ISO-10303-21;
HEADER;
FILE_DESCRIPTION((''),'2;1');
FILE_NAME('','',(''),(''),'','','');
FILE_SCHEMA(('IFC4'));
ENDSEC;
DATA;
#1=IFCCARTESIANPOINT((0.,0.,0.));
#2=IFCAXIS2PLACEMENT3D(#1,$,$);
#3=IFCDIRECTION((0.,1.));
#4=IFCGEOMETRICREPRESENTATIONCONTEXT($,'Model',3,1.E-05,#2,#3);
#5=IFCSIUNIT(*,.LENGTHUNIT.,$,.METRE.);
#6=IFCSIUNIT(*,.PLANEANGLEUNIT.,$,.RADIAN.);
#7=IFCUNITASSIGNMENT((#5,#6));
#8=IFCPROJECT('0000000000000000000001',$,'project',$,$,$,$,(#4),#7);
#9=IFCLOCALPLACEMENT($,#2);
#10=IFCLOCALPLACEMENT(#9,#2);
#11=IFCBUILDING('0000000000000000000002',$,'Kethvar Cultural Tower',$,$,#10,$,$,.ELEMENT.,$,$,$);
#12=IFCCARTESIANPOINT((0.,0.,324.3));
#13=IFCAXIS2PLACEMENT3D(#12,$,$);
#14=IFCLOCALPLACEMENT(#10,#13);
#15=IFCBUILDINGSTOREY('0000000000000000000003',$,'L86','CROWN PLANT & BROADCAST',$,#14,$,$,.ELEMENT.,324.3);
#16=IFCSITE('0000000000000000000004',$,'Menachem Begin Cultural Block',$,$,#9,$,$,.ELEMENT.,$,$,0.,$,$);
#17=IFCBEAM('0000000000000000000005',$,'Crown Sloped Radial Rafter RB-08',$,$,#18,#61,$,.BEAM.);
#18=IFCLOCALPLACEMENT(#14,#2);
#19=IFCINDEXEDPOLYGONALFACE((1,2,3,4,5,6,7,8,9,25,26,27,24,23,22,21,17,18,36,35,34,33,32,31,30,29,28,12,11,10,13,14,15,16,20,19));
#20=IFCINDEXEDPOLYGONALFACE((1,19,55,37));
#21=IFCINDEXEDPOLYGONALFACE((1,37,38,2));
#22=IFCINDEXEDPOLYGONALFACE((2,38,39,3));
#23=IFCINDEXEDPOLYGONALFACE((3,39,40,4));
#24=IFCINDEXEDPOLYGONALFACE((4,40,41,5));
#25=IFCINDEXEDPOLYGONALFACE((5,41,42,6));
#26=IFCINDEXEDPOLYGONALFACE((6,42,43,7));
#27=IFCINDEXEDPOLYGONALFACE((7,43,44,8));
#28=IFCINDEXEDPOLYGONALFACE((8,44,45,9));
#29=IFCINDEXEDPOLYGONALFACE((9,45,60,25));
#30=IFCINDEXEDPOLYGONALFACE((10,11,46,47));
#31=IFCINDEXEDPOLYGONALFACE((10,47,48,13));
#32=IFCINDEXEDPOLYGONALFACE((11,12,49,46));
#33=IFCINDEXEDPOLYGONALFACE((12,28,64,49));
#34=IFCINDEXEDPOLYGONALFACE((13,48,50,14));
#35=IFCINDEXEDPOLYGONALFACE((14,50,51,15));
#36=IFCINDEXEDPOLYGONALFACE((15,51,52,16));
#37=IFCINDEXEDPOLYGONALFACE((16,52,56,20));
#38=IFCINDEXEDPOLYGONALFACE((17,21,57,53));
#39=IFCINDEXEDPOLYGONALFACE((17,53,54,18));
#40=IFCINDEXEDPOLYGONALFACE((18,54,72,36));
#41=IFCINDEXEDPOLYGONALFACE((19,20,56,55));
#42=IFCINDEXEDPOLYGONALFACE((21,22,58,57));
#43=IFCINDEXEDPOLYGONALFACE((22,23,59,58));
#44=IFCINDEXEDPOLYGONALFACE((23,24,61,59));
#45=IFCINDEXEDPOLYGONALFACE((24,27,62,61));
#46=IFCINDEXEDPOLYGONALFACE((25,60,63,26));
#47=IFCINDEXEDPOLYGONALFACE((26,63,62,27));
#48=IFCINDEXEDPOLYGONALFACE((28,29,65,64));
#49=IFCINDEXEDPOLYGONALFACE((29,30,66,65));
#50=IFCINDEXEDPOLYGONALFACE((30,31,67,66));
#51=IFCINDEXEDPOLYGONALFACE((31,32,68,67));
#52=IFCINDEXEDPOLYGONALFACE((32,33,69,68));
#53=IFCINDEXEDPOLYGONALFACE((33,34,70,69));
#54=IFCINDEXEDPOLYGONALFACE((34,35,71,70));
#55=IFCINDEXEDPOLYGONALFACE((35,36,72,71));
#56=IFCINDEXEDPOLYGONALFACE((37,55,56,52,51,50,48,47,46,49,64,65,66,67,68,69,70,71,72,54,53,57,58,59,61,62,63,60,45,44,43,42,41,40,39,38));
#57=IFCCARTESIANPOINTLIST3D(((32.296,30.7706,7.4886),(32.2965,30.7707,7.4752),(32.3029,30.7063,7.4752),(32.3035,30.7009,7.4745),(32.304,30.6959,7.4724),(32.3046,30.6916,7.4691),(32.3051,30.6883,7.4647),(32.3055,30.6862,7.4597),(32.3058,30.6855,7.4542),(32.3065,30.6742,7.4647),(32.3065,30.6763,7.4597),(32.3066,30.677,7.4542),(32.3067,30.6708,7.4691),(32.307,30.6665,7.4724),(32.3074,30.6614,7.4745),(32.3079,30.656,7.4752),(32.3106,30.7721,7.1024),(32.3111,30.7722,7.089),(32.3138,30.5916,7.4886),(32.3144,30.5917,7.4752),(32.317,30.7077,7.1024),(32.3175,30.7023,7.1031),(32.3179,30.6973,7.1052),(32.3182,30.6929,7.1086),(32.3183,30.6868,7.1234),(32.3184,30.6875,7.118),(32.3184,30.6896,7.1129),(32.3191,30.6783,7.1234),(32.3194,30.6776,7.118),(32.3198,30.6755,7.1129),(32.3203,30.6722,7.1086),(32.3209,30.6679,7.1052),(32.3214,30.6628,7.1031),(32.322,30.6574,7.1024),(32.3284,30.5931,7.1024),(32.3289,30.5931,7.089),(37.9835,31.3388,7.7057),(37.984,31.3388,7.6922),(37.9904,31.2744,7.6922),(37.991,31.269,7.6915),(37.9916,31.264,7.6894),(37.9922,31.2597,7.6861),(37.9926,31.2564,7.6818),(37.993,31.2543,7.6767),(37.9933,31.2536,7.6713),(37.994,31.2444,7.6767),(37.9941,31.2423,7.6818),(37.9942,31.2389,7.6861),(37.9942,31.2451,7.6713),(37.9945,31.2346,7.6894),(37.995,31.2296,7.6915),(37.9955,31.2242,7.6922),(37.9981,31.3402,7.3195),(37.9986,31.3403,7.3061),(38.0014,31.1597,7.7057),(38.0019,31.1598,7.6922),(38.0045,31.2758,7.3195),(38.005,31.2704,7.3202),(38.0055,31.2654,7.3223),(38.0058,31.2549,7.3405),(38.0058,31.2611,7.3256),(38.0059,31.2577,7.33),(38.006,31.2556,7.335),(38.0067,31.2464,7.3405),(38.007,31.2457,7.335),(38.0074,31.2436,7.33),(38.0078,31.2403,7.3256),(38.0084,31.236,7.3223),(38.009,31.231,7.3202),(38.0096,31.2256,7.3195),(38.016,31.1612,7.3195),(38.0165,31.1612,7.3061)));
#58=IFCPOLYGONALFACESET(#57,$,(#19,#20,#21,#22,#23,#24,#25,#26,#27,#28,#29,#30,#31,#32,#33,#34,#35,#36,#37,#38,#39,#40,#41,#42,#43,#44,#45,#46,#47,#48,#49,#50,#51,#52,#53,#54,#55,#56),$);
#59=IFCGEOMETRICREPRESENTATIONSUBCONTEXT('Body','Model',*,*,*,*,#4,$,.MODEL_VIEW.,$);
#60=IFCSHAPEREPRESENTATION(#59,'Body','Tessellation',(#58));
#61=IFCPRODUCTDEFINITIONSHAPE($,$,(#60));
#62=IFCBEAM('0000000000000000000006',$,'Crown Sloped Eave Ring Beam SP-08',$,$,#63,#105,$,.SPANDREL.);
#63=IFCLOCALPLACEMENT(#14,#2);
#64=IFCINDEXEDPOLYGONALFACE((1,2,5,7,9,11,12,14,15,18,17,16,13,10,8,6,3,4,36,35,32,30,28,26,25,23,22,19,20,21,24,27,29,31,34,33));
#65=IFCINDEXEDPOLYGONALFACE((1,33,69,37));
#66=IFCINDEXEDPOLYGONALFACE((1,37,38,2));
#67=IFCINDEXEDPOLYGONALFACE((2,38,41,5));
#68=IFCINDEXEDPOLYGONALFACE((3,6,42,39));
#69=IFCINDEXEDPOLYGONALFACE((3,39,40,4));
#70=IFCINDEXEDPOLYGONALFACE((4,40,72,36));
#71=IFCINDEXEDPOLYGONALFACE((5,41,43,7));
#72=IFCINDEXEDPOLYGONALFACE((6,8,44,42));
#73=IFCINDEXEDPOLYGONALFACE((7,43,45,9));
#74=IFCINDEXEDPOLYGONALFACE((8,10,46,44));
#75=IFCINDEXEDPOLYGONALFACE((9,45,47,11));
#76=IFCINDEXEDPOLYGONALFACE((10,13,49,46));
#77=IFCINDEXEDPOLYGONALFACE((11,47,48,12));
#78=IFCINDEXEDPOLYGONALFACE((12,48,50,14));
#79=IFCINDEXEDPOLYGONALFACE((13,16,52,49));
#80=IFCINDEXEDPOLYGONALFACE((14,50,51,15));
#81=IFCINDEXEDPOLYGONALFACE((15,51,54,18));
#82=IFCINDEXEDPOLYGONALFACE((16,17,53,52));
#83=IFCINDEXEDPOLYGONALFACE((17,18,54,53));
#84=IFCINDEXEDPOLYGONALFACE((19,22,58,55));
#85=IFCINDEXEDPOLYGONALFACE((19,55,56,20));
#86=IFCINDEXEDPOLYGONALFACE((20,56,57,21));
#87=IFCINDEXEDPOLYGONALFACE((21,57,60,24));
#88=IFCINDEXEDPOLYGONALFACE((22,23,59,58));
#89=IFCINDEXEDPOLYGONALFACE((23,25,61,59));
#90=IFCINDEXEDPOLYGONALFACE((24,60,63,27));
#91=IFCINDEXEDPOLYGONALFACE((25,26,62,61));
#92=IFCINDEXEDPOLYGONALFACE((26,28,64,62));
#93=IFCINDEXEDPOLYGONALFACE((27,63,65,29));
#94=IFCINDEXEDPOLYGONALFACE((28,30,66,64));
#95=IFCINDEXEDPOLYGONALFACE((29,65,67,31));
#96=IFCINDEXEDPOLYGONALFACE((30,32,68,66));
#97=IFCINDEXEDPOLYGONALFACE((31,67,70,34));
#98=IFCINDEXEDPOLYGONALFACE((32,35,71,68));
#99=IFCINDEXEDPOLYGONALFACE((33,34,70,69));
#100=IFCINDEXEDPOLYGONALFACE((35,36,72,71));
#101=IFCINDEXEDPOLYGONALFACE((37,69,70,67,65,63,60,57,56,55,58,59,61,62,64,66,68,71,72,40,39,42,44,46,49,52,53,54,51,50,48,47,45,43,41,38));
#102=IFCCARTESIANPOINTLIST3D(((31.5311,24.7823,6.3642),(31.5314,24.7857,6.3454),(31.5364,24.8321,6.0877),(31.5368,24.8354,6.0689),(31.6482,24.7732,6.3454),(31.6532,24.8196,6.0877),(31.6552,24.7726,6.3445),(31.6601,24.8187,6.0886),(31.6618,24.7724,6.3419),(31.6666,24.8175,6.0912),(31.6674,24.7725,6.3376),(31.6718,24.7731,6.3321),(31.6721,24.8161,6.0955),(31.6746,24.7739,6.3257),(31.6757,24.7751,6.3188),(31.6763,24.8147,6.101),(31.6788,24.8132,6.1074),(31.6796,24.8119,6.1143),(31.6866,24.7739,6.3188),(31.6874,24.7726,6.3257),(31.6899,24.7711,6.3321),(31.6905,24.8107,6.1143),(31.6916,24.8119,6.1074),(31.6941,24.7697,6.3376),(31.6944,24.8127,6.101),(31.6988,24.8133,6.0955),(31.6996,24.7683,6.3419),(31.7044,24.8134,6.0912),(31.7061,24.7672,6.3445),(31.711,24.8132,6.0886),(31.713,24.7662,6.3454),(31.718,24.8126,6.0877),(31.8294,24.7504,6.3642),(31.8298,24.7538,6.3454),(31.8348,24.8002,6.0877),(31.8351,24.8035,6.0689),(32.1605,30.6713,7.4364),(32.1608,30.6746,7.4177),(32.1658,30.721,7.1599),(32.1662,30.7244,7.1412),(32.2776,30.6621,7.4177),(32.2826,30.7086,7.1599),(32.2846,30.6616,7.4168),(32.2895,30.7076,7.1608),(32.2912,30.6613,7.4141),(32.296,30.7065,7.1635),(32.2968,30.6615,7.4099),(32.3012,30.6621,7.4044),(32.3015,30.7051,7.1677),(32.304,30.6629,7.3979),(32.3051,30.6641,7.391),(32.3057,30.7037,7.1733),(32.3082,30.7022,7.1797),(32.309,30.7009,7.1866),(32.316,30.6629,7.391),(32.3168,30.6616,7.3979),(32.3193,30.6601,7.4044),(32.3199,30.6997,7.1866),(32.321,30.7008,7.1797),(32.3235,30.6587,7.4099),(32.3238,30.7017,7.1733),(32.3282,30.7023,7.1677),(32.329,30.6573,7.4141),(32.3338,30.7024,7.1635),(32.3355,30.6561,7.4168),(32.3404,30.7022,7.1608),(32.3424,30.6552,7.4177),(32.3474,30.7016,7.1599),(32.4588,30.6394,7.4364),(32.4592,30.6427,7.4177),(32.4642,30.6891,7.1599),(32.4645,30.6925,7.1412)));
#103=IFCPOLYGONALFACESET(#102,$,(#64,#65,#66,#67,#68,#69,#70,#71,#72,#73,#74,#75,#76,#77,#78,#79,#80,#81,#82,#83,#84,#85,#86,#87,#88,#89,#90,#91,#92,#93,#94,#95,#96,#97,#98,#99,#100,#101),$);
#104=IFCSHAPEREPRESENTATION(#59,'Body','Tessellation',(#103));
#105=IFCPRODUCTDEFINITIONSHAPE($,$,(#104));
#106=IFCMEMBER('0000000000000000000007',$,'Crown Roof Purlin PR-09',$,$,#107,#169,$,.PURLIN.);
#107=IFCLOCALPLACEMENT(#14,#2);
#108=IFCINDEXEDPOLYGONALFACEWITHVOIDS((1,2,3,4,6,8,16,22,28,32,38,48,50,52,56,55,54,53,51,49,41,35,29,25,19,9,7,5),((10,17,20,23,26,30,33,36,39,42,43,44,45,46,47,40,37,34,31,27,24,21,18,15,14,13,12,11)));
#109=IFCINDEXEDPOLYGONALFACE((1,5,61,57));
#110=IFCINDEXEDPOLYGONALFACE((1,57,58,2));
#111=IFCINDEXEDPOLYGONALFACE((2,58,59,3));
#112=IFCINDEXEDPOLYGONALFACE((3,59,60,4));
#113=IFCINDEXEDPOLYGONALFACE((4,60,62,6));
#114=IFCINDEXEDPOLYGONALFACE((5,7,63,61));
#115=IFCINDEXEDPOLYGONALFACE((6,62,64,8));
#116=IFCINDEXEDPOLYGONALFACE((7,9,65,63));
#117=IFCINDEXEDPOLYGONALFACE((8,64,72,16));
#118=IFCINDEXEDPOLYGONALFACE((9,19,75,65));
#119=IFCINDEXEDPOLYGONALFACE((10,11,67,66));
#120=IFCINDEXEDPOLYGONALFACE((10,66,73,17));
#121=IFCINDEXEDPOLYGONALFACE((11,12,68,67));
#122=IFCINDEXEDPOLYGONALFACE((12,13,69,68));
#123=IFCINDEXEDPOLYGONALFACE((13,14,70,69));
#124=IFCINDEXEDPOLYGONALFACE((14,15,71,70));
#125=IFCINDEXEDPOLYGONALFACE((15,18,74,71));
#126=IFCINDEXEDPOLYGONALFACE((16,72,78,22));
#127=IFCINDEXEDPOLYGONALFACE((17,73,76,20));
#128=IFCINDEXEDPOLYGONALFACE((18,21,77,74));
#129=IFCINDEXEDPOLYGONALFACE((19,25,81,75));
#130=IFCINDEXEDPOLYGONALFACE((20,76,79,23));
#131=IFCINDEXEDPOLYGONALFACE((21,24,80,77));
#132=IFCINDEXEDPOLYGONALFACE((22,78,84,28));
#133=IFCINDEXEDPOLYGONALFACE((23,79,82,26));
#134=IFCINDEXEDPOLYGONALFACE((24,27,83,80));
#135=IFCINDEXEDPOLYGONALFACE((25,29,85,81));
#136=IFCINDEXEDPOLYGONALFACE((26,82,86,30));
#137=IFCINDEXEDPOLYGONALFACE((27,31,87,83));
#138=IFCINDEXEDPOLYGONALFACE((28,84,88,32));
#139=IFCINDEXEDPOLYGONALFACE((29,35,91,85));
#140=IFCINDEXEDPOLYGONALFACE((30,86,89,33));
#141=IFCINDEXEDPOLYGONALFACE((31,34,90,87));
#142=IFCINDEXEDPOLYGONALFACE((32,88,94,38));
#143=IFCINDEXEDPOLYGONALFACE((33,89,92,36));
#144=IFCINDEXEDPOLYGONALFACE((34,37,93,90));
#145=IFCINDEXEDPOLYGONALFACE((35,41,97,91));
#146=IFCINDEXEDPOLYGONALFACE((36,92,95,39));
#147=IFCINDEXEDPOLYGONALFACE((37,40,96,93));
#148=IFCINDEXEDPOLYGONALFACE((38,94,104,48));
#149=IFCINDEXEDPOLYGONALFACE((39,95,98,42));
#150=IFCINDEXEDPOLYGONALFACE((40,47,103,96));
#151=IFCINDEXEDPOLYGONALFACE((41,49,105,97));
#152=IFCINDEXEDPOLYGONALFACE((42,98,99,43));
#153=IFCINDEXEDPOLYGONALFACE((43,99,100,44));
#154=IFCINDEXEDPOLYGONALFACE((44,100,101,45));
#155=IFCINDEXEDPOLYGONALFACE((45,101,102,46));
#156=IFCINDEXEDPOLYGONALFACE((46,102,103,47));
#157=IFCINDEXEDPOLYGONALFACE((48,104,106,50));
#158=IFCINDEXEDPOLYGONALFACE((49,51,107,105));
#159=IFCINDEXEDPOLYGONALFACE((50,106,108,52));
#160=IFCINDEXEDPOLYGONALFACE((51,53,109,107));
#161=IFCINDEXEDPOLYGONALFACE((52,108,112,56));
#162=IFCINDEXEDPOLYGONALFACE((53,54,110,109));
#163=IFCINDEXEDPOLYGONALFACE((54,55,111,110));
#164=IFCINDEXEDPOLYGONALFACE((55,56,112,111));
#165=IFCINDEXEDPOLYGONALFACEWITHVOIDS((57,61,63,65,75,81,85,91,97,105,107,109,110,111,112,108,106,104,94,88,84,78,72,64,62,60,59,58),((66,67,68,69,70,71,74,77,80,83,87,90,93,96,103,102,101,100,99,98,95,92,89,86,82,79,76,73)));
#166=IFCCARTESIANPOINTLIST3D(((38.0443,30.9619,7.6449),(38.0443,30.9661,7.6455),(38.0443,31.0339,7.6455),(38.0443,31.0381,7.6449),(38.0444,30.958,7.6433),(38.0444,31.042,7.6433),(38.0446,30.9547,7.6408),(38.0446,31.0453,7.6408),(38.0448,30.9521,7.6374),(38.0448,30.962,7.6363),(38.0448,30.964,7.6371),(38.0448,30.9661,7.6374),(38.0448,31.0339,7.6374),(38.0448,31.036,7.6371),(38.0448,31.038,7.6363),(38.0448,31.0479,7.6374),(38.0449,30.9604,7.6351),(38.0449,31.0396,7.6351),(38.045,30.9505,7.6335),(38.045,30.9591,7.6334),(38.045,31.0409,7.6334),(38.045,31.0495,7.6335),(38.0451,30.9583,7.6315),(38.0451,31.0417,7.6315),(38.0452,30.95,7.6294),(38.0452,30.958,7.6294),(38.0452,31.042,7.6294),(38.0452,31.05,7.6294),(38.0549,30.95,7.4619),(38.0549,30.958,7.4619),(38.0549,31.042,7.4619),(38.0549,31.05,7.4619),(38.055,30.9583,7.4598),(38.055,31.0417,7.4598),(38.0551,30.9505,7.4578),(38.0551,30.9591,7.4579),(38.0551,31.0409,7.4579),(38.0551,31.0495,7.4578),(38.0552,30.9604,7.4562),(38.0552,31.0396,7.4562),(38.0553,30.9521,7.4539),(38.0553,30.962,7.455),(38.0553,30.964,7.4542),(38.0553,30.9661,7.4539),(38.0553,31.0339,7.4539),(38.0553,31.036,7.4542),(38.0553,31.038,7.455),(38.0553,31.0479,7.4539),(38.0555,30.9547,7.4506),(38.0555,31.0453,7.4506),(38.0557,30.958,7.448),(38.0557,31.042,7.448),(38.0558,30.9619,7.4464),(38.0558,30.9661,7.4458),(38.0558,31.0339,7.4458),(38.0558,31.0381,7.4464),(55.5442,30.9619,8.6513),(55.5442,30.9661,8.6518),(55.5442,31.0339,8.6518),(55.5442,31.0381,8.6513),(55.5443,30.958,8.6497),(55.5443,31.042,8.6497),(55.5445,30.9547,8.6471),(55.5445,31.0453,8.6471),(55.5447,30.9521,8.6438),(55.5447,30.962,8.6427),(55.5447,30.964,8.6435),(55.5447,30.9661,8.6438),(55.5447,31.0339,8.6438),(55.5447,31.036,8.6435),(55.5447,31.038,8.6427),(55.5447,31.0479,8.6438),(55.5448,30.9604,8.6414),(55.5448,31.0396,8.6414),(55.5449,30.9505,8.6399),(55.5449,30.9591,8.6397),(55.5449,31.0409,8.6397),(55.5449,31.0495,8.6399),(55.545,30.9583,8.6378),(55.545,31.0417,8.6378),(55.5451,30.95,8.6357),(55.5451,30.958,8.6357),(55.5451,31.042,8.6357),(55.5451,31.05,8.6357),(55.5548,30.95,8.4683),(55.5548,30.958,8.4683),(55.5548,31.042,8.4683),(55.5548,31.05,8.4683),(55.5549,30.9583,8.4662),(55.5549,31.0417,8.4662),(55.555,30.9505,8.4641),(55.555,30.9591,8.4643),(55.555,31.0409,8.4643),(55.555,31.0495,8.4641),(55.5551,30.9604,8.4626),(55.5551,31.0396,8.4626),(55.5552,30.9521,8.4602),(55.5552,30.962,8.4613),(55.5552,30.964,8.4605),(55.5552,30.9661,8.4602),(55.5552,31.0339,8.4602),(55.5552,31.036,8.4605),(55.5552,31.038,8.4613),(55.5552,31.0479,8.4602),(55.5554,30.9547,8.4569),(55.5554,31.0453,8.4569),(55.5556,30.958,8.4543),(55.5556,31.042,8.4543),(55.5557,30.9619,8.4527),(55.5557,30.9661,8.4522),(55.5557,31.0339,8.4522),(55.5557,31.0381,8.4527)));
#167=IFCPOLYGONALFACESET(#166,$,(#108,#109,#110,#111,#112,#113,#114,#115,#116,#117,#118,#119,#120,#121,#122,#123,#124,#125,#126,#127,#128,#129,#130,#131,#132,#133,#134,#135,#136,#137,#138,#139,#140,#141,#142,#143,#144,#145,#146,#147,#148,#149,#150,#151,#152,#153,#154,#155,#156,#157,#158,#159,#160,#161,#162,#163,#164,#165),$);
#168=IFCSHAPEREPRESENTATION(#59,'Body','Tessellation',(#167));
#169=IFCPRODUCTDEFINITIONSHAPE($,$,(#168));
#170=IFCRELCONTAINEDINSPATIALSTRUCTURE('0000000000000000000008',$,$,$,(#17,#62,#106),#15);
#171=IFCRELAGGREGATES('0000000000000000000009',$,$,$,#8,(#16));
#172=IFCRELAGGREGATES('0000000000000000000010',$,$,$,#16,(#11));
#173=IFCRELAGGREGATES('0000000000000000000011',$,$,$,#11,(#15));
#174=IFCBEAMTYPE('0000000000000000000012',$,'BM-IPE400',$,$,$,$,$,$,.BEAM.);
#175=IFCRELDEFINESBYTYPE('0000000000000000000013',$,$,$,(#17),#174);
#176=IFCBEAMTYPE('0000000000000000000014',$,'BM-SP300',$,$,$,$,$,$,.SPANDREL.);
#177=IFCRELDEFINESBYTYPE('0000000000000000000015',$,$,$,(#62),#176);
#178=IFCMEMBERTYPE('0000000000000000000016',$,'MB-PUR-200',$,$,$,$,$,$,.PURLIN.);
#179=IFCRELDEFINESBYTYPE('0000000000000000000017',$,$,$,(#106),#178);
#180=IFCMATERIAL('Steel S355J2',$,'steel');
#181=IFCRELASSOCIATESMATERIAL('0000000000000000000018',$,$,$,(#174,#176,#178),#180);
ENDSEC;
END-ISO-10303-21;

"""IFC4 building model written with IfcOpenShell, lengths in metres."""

from ifc_helpers import new_model, si_unit, direction, frame, origin, origin_2d, place, context, subcontext, project, spatial, hollow_rectangle, i_section, extrude, source, transform, mapped, material, material_profile, profile_set, type_object, element, save


model = new_model("IFC4")

# Units and contexts
model_context = context("Model", 3, precision=1e-05, world=origin(), true_north=direction((0.0, 1.0)))
body_context = subcontext(model_context, "Body", "Model", "MODEL_VIEW")
ifc_project = project(units=[si_unit("LENGTHUNIT", "METRE"), si_unit("PLANEANGLEUNIT", "RADIAN")], contexts=[model_context])

# Site, building, storey
site_placement = place(None, origin())
site = spatial("IfcSite", under=ifc_project, at=site_placement, Name="Menachem Begin Cultural Block", CompositionType="ELEMENT", RefElevation=0.0)
building_placement = place(site_placement, origin())
building = spatial("IfcBuilding", under=site, at=building_placement, Name="Kethvar Cultural Tower", CompositionType="ELEMENT")
storey_placement = place(building_placement, frame((0.0, 0.0, 324.3)))
storey = spatial("IfcBuildingStorey", under=building, at=storey_placement, Name="L86", Description="CROWN PLANT & BROADCAST", CompositionType="ELEMENT", Elevation=324.3)

# Beams
ifc_material_1 = material(Name="Steel S355J2", Category="steel")
ifc_material_profile_1 = material_profile(ifc_material_1, i_section(OverallWidth=0.1799, OverallDepth=0.3999, WebThickness=0.0085, FlangeThickness=0.0134, FilletRadius=0.021, at=origin_2d()), Name="Steel S355J2 — IPE400")
ifc_profile_set_1 = profile_set([ifc_material_profile_1], Name="Steel S355J2 — IPE400")
beam_type_1 = type_object("IfcBeamType", Name="BM-IPE400", PredefinedType="BEAM", material=ifc_profile_set_1)
ifc_material_profile_2 = material_profile(ifc_material_1, i_section(OverallWidth=0.3, OverallDepth=0.3, WebThickness=0.011, FlangeThickness=0.019, FilletRadius=0.0271, at=origin_2d()), Name="Steel S355J2 — HEB300")
ifc_profile_set_2 = profile_set([ifc_material_profile_2], Name="Steel S355J2 — HEB300")
beam_type_2 = type_object("IfcBeamType", Name="BM-SP300", PredefinedType="SPANDREL", material=ifc_profile_set_2)
shared_shape_1 = source(origin(), body_context, "Body", "SweptSolid", [
    extrude(i_section(OverallWidth=0.1799, OverallDepth=0.3999, WebThickness=0.0085, FlangeThickness=0.0134, FilletRadius=0.021, at=origin_2d()), origin(), (0.0, 0.0, 1.0), 5.72),
])
beam_1_placement = place(storey_placement, frame((38.0, 31.25, 7.5059), z_axis=(-0.994332, -0.099322, -0.037945), x_axis=(0.099394, -0.995048, 0.0)))
element("IfcBeam", 1, at=beam_1_placement, inside=storey, type_object=beam_type_1, Name="Crown Sloped Radial Rafter RB-08", PredefinedType="BEAM", context=body_context, shape_type="MappedRepresentation", body=[
    mapped(shared_shape_1, transform((0.0, 0.0, 0.0), scale=1.0)),
])
shared_shape_2 = source(origin(), body_context, "Body", "SweptSolid", [
    extrude(i_section(OverallWidth=0.3, OverallDepth=0.3, WebThickness=0.011, FlangeThickness=0.019, FilletRadius=0.0271, at=origin_2d()), origin(), (0.0, 0.0, 1.0), 6.0188),
])
beam_2_placement = place(storey_placement, frame((32.3125, 30.6819, 7.2888), z_axis=(-0.104572, -0.97843, -0.178155), x_axis=(0.994337, -0.106273, 0.0)))
element("IfcBeam", 2, at=beam_2_placement, inside=storey, type_object=beam_type_2, Name="Crown Sloped Eave Ring Beam SP-08", PredefinedType="SPANDREL", context=body_context, shape_type="MappedRepresentation", body=[
    mapped(shared_shape_2, transform((0.0, 0.0, 0.0), scale=1.0)),
])

# Member
ifc_material_profile_3 = material_profile(ifc_material_1, hollow_rectangle(XDim=0.1001, YDim=0.2, WallThickness=0.0081, InnerFilletRadius=0.0081, OuterFilletRadius=0.0161, at=origin_2d()), Name="Steel S355J2 — RHS200x100x8")
ifc_profile_set_3 = profile_set([ifc_material_profile_3], Name="Steel S355J2 — RHS200x100x8")
member_type_1 = type_object("IfcMemberType", Name="MB-PUR-200", PredefinedType="PURLIN", material=ifc_profile_set_3)
shared_shape_3 = source(origin(), body_context, "Body", "SweptSolid", [
    extrude(hollow_rectangle(XDim=0.1001, YDim=0.2, WallThickness=0.0081, InnerFilletRadius=0.0081, OuterFilletRadius=0.0161, at=origin_2d()), origin(), (0.0, 0.0, 1.0), 17.5288),
])
for number, where, z_axis, x_axis, name in (
    (3, (38.05, 31.0, 7.5457), (0.998351, 0.0, 0.057411), (0.0, 1.0, 0.0), "Crown Roof Purlin PR-09"),
):
    element("IfcMember", number, at=place(storey_placement, frame(where, z_axis=z_axis, x_axis=x_axis)), inside=storey, type_object=member_type_1, Name=name, PredefinedType="PURLIN", context=body_context, shape_type="MappedRepresentation", body=[
        mapped(shared_shape_3, transform((0.0, 0.0, 0.0), scale=1.0)),
    ])

save(model, "model.ifc")
